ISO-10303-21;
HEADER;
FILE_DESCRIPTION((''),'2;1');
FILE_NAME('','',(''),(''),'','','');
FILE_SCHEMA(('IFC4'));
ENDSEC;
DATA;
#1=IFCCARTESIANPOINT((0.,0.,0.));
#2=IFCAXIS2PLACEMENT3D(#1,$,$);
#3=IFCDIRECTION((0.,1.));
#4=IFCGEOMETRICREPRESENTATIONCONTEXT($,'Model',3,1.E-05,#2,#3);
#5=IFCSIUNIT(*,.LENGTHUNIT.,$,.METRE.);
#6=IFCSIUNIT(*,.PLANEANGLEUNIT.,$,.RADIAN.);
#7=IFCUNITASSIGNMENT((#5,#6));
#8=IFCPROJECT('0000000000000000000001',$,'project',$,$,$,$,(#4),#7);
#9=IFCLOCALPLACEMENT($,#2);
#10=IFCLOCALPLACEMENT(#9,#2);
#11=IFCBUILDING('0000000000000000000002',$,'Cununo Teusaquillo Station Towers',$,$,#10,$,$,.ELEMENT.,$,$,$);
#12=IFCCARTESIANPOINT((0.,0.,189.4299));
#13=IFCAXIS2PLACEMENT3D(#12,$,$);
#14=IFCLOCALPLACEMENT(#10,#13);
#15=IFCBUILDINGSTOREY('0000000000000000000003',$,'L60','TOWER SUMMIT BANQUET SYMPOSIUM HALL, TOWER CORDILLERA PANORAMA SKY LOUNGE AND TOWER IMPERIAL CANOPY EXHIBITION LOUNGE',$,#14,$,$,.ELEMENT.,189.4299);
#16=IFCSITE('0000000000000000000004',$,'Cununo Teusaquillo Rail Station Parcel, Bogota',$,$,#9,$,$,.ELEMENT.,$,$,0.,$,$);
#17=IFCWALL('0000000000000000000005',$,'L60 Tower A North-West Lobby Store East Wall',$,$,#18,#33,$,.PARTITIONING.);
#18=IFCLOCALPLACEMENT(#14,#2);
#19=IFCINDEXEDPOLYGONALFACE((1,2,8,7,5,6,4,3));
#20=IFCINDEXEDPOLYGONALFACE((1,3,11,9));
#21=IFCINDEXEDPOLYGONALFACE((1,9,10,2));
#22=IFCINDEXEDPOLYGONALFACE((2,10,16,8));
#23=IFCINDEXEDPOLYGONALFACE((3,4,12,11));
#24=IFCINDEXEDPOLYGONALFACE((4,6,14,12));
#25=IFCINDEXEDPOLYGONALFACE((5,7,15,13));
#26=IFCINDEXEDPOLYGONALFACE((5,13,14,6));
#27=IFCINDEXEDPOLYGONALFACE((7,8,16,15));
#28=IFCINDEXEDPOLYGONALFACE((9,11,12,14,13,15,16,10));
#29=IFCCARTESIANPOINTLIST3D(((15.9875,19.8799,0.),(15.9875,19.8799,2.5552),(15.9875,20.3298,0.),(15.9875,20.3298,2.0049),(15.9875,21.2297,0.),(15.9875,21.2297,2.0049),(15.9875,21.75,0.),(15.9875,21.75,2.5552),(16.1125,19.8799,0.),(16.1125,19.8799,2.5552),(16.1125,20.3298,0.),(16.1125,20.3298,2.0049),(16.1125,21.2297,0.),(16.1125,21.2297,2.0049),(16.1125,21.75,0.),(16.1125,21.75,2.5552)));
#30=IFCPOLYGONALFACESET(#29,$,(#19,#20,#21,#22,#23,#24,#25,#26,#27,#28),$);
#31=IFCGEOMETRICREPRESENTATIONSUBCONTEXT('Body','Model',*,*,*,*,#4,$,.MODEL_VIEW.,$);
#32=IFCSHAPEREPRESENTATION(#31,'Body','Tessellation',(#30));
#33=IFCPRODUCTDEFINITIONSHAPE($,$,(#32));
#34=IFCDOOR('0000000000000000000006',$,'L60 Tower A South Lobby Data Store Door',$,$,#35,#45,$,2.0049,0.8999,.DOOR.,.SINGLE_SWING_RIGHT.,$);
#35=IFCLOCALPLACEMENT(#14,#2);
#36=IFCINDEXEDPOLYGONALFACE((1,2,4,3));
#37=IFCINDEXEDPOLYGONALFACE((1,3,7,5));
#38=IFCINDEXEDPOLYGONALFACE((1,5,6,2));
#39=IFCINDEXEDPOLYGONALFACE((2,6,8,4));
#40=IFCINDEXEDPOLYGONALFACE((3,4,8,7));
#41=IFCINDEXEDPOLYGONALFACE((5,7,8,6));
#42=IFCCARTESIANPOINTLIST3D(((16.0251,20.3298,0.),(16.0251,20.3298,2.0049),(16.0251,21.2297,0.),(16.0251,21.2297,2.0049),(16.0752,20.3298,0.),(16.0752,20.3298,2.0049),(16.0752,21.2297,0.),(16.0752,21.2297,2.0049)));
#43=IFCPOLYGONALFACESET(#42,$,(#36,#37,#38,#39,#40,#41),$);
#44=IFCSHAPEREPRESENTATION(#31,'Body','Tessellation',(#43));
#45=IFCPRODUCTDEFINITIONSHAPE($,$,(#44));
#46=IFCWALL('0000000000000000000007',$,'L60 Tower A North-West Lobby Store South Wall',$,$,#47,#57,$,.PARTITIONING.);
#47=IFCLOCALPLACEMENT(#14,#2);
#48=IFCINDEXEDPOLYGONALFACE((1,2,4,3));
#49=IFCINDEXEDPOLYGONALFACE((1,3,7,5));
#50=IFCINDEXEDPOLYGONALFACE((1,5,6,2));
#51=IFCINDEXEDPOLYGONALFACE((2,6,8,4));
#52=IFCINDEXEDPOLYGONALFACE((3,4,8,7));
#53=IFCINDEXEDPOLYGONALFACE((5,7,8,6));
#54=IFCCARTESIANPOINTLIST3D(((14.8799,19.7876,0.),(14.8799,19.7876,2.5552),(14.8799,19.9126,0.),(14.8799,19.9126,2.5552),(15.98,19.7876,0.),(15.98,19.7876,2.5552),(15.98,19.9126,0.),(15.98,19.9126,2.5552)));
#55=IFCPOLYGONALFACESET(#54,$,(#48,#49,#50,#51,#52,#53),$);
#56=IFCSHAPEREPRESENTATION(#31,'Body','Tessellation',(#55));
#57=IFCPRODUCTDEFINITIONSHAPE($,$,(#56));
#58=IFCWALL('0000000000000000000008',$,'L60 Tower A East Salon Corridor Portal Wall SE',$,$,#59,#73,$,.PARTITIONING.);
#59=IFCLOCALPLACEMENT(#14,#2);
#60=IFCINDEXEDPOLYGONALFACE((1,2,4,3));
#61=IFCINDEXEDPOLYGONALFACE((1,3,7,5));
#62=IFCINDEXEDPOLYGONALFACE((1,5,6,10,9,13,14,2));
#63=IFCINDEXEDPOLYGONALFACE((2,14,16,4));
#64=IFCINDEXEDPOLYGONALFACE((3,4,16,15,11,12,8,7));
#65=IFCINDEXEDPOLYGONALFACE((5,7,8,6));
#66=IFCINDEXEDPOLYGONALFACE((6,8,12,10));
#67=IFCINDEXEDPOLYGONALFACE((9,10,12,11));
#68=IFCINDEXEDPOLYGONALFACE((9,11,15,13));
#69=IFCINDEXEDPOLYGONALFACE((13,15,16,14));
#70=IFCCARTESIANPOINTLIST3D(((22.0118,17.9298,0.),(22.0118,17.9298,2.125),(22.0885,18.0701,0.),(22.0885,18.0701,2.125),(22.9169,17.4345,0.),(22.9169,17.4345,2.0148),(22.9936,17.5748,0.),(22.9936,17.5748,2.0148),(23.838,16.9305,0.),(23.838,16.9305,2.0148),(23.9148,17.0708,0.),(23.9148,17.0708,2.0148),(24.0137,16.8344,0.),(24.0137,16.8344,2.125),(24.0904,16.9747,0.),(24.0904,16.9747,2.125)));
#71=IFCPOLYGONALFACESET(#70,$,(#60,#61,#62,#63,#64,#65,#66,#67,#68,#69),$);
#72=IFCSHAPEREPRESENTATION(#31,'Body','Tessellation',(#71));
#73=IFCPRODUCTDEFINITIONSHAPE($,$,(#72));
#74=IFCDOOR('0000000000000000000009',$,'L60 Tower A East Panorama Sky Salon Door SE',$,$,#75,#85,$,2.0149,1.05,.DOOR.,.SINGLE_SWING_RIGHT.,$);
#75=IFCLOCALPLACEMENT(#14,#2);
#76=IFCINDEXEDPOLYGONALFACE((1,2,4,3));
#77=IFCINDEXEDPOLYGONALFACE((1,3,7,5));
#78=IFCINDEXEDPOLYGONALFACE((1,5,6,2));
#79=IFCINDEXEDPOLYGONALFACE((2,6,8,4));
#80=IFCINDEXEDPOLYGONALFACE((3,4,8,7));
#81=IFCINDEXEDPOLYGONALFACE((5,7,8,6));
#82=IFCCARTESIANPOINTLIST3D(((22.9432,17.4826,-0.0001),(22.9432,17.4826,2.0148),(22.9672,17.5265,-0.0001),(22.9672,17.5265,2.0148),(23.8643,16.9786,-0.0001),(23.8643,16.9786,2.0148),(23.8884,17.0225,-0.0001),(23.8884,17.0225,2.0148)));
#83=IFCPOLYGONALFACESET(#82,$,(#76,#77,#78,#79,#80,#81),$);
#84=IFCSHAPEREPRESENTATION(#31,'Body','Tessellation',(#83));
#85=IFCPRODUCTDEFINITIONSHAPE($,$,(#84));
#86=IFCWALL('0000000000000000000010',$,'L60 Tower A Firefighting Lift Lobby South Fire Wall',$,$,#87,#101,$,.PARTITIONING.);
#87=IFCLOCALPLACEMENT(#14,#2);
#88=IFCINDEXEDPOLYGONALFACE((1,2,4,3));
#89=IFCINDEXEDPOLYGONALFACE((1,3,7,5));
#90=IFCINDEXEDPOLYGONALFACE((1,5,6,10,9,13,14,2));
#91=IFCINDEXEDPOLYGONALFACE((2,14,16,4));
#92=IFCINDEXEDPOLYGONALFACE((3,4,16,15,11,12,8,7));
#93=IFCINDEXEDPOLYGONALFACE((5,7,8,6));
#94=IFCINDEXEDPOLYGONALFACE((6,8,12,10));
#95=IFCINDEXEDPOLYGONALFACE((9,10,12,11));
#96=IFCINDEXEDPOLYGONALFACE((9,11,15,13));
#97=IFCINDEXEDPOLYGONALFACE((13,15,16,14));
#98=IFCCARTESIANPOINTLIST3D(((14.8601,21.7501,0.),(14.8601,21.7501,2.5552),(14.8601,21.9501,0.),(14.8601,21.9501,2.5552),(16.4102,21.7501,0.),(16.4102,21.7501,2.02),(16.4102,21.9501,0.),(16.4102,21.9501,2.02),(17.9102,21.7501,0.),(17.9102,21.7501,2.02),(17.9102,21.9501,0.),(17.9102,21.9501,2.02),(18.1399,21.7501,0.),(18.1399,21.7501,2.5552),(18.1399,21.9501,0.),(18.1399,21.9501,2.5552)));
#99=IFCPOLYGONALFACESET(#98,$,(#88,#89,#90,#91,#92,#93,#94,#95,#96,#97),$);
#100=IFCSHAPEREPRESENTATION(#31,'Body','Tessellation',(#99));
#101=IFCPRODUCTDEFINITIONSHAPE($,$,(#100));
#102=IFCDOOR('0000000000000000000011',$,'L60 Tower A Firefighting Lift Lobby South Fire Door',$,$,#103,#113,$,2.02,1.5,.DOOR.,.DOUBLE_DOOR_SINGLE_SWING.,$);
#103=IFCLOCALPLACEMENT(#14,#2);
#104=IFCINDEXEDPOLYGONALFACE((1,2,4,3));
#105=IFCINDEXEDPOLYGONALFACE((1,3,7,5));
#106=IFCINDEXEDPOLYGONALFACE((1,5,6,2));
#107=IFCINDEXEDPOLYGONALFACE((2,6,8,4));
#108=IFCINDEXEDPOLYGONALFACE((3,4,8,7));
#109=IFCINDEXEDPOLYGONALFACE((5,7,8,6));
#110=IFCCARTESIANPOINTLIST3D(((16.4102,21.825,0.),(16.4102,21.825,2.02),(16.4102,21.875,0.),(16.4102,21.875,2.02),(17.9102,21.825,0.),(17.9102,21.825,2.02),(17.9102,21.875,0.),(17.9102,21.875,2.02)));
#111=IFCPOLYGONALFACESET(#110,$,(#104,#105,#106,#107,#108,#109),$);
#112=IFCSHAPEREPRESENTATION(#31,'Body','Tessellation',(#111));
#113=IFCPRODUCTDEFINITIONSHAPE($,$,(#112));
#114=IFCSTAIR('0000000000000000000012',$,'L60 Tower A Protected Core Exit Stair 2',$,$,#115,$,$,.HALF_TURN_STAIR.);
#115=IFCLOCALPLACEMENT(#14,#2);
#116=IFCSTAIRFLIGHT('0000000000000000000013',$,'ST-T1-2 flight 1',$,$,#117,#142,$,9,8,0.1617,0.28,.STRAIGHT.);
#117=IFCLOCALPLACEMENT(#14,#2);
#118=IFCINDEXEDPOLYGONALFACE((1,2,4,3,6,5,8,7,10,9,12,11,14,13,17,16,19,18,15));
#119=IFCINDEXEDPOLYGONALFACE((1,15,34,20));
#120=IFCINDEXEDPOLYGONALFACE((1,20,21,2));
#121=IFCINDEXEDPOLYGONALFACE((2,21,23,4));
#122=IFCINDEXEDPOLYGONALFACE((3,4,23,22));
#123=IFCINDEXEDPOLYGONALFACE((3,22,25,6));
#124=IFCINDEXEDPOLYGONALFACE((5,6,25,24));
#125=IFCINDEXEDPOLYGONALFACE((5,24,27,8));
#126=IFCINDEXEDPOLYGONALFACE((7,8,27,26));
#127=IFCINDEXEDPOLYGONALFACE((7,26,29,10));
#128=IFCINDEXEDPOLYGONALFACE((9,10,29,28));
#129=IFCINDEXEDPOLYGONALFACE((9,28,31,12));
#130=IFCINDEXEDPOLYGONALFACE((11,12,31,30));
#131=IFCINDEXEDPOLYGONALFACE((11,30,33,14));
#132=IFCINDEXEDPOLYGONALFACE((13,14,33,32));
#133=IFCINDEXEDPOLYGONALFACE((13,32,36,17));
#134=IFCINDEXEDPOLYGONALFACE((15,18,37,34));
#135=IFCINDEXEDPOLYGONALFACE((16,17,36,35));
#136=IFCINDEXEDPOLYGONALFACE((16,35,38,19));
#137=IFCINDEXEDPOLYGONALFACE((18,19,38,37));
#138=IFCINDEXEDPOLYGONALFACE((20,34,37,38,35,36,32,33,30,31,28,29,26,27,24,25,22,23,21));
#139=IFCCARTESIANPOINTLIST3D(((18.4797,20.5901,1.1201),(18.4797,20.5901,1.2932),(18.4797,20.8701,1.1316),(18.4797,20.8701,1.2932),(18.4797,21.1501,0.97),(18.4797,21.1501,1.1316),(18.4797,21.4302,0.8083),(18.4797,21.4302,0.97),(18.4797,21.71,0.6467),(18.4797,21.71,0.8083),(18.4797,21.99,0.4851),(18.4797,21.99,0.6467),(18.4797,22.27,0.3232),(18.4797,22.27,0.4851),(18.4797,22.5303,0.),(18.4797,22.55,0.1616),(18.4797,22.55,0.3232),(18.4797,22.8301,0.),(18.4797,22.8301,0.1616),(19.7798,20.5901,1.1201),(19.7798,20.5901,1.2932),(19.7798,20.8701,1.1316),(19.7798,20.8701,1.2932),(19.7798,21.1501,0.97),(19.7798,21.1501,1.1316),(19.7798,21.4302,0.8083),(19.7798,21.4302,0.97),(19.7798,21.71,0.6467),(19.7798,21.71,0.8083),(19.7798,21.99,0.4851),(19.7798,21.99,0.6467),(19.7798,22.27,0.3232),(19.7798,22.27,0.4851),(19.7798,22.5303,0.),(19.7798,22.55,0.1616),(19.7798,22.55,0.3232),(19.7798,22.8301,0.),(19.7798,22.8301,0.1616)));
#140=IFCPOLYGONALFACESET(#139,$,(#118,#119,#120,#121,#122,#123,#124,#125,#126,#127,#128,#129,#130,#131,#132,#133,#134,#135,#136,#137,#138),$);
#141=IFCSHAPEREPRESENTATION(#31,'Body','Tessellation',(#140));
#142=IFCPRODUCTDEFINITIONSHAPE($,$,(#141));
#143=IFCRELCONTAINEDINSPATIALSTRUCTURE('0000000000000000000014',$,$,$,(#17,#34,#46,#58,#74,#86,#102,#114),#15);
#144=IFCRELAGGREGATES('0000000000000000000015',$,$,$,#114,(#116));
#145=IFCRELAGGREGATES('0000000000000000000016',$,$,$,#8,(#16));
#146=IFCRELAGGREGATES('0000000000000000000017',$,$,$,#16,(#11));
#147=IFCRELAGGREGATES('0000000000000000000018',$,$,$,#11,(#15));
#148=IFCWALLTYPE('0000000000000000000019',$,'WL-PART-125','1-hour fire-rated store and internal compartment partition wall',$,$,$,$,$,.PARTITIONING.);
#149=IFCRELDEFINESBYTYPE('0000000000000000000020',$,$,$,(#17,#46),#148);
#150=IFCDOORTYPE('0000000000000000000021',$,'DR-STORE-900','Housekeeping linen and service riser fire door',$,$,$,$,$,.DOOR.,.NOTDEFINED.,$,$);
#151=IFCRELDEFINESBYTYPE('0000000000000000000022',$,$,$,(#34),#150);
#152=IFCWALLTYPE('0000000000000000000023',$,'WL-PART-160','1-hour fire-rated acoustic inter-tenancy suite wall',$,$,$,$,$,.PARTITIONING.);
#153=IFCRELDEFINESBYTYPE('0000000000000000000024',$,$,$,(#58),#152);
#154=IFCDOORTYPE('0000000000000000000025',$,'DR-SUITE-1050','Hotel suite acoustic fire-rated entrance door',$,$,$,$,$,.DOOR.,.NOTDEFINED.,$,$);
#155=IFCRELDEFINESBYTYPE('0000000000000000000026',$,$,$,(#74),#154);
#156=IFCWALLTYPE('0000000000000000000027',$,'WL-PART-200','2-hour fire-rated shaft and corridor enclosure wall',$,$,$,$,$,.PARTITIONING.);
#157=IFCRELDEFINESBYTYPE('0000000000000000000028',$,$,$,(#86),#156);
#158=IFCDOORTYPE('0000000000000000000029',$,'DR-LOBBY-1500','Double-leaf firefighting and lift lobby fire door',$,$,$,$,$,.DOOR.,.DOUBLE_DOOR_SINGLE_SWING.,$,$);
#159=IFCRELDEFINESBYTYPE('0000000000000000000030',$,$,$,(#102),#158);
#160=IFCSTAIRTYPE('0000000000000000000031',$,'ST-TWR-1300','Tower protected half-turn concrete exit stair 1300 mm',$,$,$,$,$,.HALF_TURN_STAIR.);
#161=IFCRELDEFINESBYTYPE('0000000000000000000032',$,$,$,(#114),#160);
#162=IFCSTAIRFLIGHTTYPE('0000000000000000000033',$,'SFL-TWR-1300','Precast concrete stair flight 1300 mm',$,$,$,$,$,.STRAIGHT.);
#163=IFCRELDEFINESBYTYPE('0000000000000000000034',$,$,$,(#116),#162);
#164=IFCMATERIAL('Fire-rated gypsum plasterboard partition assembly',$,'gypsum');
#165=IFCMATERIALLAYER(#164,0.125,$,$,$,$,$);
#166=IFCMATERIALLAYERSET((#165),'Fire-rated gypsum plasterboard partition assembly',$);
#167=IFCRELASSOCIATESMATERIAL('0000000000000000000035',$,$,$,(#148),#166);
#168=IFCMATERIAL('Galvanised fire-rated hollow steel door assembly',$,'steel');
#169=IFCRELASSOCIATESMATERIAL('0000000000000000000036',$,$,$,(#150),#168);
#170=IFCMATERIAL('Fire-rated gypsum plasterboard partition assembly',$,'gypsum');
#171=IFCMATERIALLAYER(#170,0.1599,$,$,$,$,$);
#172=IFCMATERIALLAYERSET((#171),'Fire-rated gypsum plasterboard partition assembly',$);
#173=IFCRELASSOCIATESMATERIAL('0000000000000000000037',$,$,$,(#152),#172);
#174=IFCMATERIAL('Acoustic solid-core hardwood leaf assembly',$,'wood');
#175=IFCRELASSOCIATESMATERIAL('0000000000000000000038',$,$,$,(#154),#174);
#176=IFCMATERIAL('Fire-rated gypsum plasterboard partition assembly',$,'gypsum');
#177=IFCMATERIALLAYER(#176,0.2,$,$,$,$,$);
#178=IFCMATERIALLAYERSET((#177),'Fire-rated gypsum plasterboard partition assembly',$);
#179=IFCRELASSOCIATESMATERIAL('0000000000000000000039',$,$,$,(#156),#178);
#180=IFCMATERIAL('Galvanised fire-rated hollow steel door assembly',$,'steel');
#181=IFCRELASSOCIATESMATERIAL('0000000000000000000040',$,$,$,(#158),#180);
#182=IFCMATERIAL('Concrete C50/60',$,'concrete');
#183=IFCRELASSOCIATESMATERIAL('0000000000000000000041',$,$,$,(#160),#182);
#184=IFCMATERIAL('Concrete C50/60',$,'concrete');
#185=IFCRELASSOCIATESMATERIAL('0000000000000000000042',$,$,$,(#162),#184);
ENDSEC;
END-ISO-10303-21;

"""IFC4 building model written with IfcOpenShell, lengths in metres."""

from ifc_helpers import new_model, si_unit, direction, frame, frame_2d, origin, place, context, subcontext, project, spatial, polyline, rectangle, outline, extrude, source, transform, mapped, material, layer, layer_set, type_object, element, fill, aggregate, save


model = new_model("IFC4")

# Units and contexts
model_context = context("Model", 3, precision=1e-05, world=origin(), true_north=direction((0.0, 1.0)))
body_context = subcontext(model_context, "Body", "Model", "MODEL_VIEW")
ifc_project = project(units=[si_unit("LENGTHUNIT", "METRE"), si_unit("PLANEANGLEUNIT", "RADIAN")], contexts=[model_context])

# Site, building, storey
site_placement = place(None, origin())
site = spatial("IfcSite", under=ifc_project, at=site_placement, Name="Cununo Teusaquillo Rail Station Parcel, Bogota", CompositionType="ELEMENT", RefElevation=0.0)
building_placement = place(site_placement, origin())
building = spatial("IfcBuilding", under=site, at=building_placement, Name="Cununo Teusaquillo Station Towers", CompositionType="ELEMENT")
storey_placement = place(building_placement, frame((0.0, 0.0, 189.4299)))
storey = spatial("IfcBuildingStorey", under=building, at=storey_placement, Name="L60", Description="TOWER SUMMIT BANQUET SYMPOSIUM HALL, TOWER CORDILLERA PANORAMA SKY LOUNGE AND TOWER IMPERIAL CANOPY EXHIBITION LOUNGE", CompositionType="ELEMENT", Elevation=189.4299)

# Wall, opening, door
ifc_material_1 = material(Name="Fire-rated gypsum plasterboard partition assembly", Category="gypsum")
ifc_layer_1 = layer(ifc_material_1, 0.125)
ifc_layer_set_1 = layer_set([ifc_layer_1], Name="Fire-rated gypsum plasterboard partition assembly")
wall_type_1 = type_object("IfcWallType", Name="WL-PART-125", Description="1-hour fire-rated store and internal compartment partition wall", PredefinedType="PARTITIONING", material=ifc_layer_set_1)
wall_1_placement = place(storey_placement, frame((16.05, 19.8799, 0.0), z_axis=(0.0, 0.0, 1.0), x_axis=(0.0, 1.0, 0.0)))
wall_1 = element("IfcWall", 1, at=wall_1_placement, inside=storey, type_object=wall_type_1, Name="L60 Tower A North-West Lobby Store East Wall", PredefinedType="PARTITIONING", context=body_context, shape_type="SweptSolid", body=[
    extrude(rectangle(XDim=1.8701, YDim=0.125, at=frame_2d((0.9351, 0.0))), origin(), (0.0, 0.0, 1.0), 2.5552),
])
shared_shape_1 = source(origin(), body_context, "Body", "SweptSolid", [
    extrude(rectangle(XDim=0.8999, YDim=2.0049, at=frame_2d((0.45, 1.0024))), frame((0.0, 0.0725, 0.0), z_axis=(0.0, -1.0, 0.0), x_axis=(1.0, 0.0, 0.0)), (0.0, 0.0, 1.0), 0.145),
])
opening_1_placement = place(wall_1_placement, frame((0.45, 0.0, 0.0)))
opening_1 = element("IfcOpeningElement", 2, at=opening_1_placement, cuts=wall_1, PredefinedType="OPENING", context=body_context, shape_type="MappedRepresentation", body=[
    mapped(shared_shape_1, transform((0.0, 0.0, 0.0), x_axis=(1.0, 0.0, 0.0), y_axis=(0.0, 1.0, 0.0), z_axis=(0.0, 0.0, 1.0), scale=1.0)),
])
ifc_material_2 = material(Name="Galvanised fire-rated hollow steel door assembly", Category="steel")
door_type_1 = type_object("IfcDoorType", Name="DR-STORE-900", Description="Housekeeping linen and service riser fire door", OperationType="NOTDEFINED", PredefinedType="DOOR", material=ifc_material_2)
shared_shape_2 = source(origin(), body_context, "Body", "SweptSolid", [
    extrude(rectangle(XDim=0.8999, YDim=2.0049, at=frame_2d((0.45, 1.0024))), frame((0.0, 0.0249, 0.0), z_axis=(0.0, -1.0, 0.0), x_axis=(1.0, 0.0, 0.0)), (0.0, 0.0, 1.0), 0.05),
])
door_1_placement = place(opening_1_placement, origin())
door_1 = element("IfcDoor", 3, at=door_1_placement, inside=storey, type_object=door_type_1, Name="L60 Tower A South Lobby Data Store Door", OperationType="SINGLE_SWING_RIGHT", OverallHeight=2.0049, OverallWidth=0.8999, PredefinedType="DOOR", context=body_context, shape_type="MappedRepresentation", body=[
    mapped(shared_shape_2, transform((0.0, 0.0, 0.0), x_axis=(1.0, 0.0, 0.0), y_axis=(0.0, 1.0, 0.0), z_axis=(0.0, 0.0, 1.0), scale=1.0)),
])
fill(opening_1, door_1)

# Wall
wall_2_placement = place(storey_placement, frame((14.8799, 19.8501, 0.0), z_axis=(0.0, 0.0, 1.0), x_axis=(1.0, 0.0, 0.0)))
element("IfcWall", 4, at=wall_2_placement, inside=storey, type_object=wall_type_1, Name="L60 Tower A North-West Lobby Store South Wall", PredefinedType="PARTITIONING", context=body_context, shape_type="SweptSolid", body=[
    extrude(rectangle(XDim=1.1001, YDim=0.125, at=frame_2d((0.55, 0.0))), origin(), (0.0, 0.0, 1.0), 2.5552),
])

# Walls, openings, doors
ifc_material_3 = material(Name="Fire-rated gypsum plasterboard partition assembly", Category="gypsum")
ifc_layer_2 = layer(ifc_material_3, 0.1599)
ifc_layer_set_2 = layer_set([ifc_layer_2], Name="Fire-rated gypsum plasterboard partition assembly")
wall_type_2 = type_object("IfcWallType", Name="WL-PART-160", Description="1-hour fire-rated acoustic inter-tenancy suite wall", PredefinedType="PARTITIONING", material=ifc_layer_set_2)
wall_3_placement = place(storey_placement, frame((22.05, 18.0, 0.0), z_axis=(0.0, 0.0, 1.0), x_axis=(0.877253, -0.480029, 0.0)))
wall_3 = element("IfcWall", 5, at=wall_3_placement, inside=storey, type_object=wall_type_2, Name="L60 Tower A East Salon Corridor Portal Wall SE", PredefinedType="PARTITIONING", context=body_context, shape_type="SweptSolid", body=[
    extrude(rectangle(XDim=2.282, YDim=0.1599, at=frame_2d((1.1411, 0.0))), origin(), (0.0, 0.0, 1.0), 2.125),
])
shared_shape_3 = source(origin(), body_context, "Body", "SweptSolid", [
    extrude(rectangle(XDim=1.05, YDim=2.0149, at=frame_2d((0.5249, 1.0073))), frame((0.0, 0.0898, 0.0), z_axis=(0.0, -1.0, 0.0), x_axis=(1.0, 0.0, 0.0)), (0.0, 0.0, 1.0), 0.1799),
])
opening_2_placement = place(wall_3_placement, frame((1.032, 0.0, 0.0)))
opening_2 = element("IfcOpeningElement", 6, at=opening_2_placement, cuts=wall_3, PredefinedType="OPENING", context=body_context, shape_type="MappedRepresentation", body=[
    mapped(shared_shape_3, transform((0.0, 0.0, 0.0), x_axis=(1.0, 0.0, 0.0), y_axis=(0.0, 1.0, 0.0), z_axis=(0.0, 0.0, 1.0), scale=1.0)),
])
ifc_material_4 = material(Name="Acoustic solid-core hardwood leaf assembly", Category="wood")
door_type_2 = type_object("IfcDoorType", Name="DR-SUITE-1050", Description="Hotel suite acoustic fire-rated entrance door", OperationType="NOTDEFINED", PredefinedType="DOOR", material=ifc_material_4)
shared_shape_4 = source(origin(), body_context, "Body", "SweptSolid", [
    extrude(rectangle(XDim=1.05, YDim=2.0149, at=frame_2d((0.5249, 1.0073))), frame((0.0, 0.0249, 0.0), z_axis=(0.0, -1.0, 0.0), x_axis=(1.0, 0.0, 0.0)), (0.0, 0.0, 1.0), 0.05),
])
door_2_placement = place(opening_2_placement, origin())
door_2 = element("IfcDoor", 7, at=door_2_placement, inside=storey, type_object=door_type_2, Name="L60 Tower A East Panorama Sky Salon Door SE", OperationType="SINGLE_SWING_RIGHT", OverallHeight=2.0149, OverallWidth=1.05, PredefinedType="DOOR", context=body_context, shape_type="MappedRepresentation", body=[
    mapped(shared_shape_4, transform((0.0, 0.0, 0.0), x_axis=(1.0, 0.0, 0.0), y_axis=(0.0, 1.0, 0.0), z_axis=(0.0, 0.0, 1.0), scale=1.0)),
])
fill(opening_2, door_2)
ifc_material_5 = material(Name="Fire-rated gypsum plasterboard partition assembly", Category="gypsum")
ifc_layer_3 = layer(ifc_material_5, 0.2)
ifc_layer_set_3 = layer_set([ifc_layer_3], Name="Fire-rated gypsum plasterboard partition assembly")
wall_type_3 = type_object("IfcWallType", Name="WL-PART-200", Description="2-hour fire-rated shaft and corridor enclosure wall", PredefinedType="PARTITIONING", material=ifc_layer_set_3)
wall_4_placement = place(storey_placement, frame((14.8601, 21.8501, 0.0), z_axis=(0.0, 0.0, 1.0), x_axis=(1.0, 0.0, 0.0)))
wall_4 = element("IfcWall", 8, at=wall_4_placement, inside=storey, type_object=wall_type_3, Name="L60 Tower A Firefighting Lift Lobby South Fire Wall", PredefinedType="PARTITIONING", context=body_context, shape_type="SweptSolid", body=[
    extrude(rectangle(XDim=3.2798, YDim=0.2, at=frame_2d((1.6399, 0.0))), origin(), (0.0, 0.0, 1.0), 2.5552),
])
shared_shape_5 = source(origin(), body_context, "Body", "SweptSolid", [
    extrude(rectangle(XDim=1.5, YDim=2.02, at=frame_2d((0.75, 1.01))), frame((0.0, 0.1099, 0.0), z_axis=(0.0, -1.0, 0.0), x_axis=(1.0, 0.0, 0.0)), (0.0, 0.0, 1.0), 0.22),
])
opening_3_placement = place(wall_4_placement, frame((1.55, 0.0, 0.0)))
opening_3 = element("IfcOpeningElement", 9, at=opening_3_placement, cuts=wall_4, PredefinedType="OPENING", context=body_context, shape_type="MappedRepresentation", body=[
    mapped(shared_shape_5, transform((0.0, 0.0, 0.0), x_axis=(1.0, 0.0, 0.0), y_axis=(0.0, 1.0, 0.0), z_axis=(0.0, 0.0, 1.0), scale=1.0)),
])
ifc_material_6 = material(Name="Galvanised fire-rated hollow steel door assembly", Category="steel")
door_type_3 = type_object("IfcDoorType", Name="DR-LOBBY-1500", Description="Double-leaf firefighting and lift lobby fire door", OperationType="DOUBLE_DOOR_SINGLE_SWING", PredefinedType="DOOR", material=ifc_material_6)
shared_shape_6 = source(origin(), body_context, "Body", "SweptSolid", [
    extrude(rectangle(XDim=1.5, YDim=2.02, at=frame_2d((0.75, 1.01))), frame((0.0, 0.0249, 0.0), z_axis=(0.0, -1.0, 0.0), x_axis=(1.0, 0.0, 0.0)), (0.0, 0.0, 1.0), 0.05),
])
door_3_placement = place(opening_3_placement, origin())
door_3 = element("IfcDoor", 10, at=door_3_placement, inside=storey, type_object=door_type_3, Name="L60 Tower A Firefighting Lift Lobby South Fire Door", OperationType="DOUBLE_DOOR_SINGLE_SWING", OverallHeight=2.02, OverallWidth=1.5, PredefinedType="DOOR", context=body_context, shape_type="MappedRepresentation", body=[
    mapped(shared_shape_6, transform((0.0, 0.0, 0.0), x_axis=(1.0, 0.0, 0.0), y_axis=(0.0, 1.0, 0.0), z_axis=(0.0, 0.0, 1.0), scale=1.0)),
])
fill(opening_3, door_3)

# Stair, stair flight
ifc_material_7 = material(Name="Concrete C50/60", Category="concrete")
stair_type = type_object("IfcStairType", Name="ST-TWR-1300", Description="Tower protected half-turn concrete exit stair 1300 mm", PredefinedType="HALF_TURN_STAIR", material=ifc_material_7)
stair_placement = place(storey_placement, origin())
stair = element("IfcStair", 11, at=stair_placement, inside=storey, type_object=stair_type, Name="L60 Tower A Protected Core Exit Stair 2", PredefinedType="HALF_TURN_STAIR")
ifc_material_8 = material(Name="Concrete C50/60", Category="concrete")
stair_flight_type = type_object("IfcStairFlightType", Name="SFL-TWR-1300", Description="Precast concrete stair flight 1300 mm", PredefinedType="STRAIGHT", material=ifc_material_8)
stair_flight_1_placement = place(storey_placement, frame((19.1299, 22.8301, 0.0), z_axis=(0.0, 0.0, 1.0), x_axis=(0.0, -1.0, 0.0)))
stair_flight_1 = element("IfcStairFlight", 12, at=stair_flight_1_placement, type_object=stair_flight_type, Name="ST-T1-2 flight 1", NumberOfRisers=9, NumberOfTreads=8, PredefinedType="STRAIGHT", RiserHeight=0.1617, TreadLength=0.28, context=body_context, shape_type="SweptSolid", body=[
    extrude(outline(polyline([(0.0, 0.0), (0.0, 0.1616), (0.28, 0.1616), (0.28, 0.3232), (0.5601, 0.3232), (0.5601, 0.4851), (0.8401, 0.4851), (0.8401, 0.6467), (1.1201, 0.6467), (1.1201, 0.8083), (1.3999, 0.8083), (1.3999, 0.97), (1.6799, 0.97), (1.6799, 1.1316), (1.96, 1.1316), (1.96, 1.2932), (2.24, 1.2932), (2.24, 1.4551), (2.24, 1.1201), (0.2998, 0.0), (0.0, 0.0)])), frame((0.0, 0.6499, 0.0), z_axis=(0.0, -1.0, 0.0), x_axis=(1.0, 0.0, 0.0)), (0.0, 0.0, 1.0), 1.3),
])
aggregate(stair, [stair_flight_1])

save(model, "model.ifc")
